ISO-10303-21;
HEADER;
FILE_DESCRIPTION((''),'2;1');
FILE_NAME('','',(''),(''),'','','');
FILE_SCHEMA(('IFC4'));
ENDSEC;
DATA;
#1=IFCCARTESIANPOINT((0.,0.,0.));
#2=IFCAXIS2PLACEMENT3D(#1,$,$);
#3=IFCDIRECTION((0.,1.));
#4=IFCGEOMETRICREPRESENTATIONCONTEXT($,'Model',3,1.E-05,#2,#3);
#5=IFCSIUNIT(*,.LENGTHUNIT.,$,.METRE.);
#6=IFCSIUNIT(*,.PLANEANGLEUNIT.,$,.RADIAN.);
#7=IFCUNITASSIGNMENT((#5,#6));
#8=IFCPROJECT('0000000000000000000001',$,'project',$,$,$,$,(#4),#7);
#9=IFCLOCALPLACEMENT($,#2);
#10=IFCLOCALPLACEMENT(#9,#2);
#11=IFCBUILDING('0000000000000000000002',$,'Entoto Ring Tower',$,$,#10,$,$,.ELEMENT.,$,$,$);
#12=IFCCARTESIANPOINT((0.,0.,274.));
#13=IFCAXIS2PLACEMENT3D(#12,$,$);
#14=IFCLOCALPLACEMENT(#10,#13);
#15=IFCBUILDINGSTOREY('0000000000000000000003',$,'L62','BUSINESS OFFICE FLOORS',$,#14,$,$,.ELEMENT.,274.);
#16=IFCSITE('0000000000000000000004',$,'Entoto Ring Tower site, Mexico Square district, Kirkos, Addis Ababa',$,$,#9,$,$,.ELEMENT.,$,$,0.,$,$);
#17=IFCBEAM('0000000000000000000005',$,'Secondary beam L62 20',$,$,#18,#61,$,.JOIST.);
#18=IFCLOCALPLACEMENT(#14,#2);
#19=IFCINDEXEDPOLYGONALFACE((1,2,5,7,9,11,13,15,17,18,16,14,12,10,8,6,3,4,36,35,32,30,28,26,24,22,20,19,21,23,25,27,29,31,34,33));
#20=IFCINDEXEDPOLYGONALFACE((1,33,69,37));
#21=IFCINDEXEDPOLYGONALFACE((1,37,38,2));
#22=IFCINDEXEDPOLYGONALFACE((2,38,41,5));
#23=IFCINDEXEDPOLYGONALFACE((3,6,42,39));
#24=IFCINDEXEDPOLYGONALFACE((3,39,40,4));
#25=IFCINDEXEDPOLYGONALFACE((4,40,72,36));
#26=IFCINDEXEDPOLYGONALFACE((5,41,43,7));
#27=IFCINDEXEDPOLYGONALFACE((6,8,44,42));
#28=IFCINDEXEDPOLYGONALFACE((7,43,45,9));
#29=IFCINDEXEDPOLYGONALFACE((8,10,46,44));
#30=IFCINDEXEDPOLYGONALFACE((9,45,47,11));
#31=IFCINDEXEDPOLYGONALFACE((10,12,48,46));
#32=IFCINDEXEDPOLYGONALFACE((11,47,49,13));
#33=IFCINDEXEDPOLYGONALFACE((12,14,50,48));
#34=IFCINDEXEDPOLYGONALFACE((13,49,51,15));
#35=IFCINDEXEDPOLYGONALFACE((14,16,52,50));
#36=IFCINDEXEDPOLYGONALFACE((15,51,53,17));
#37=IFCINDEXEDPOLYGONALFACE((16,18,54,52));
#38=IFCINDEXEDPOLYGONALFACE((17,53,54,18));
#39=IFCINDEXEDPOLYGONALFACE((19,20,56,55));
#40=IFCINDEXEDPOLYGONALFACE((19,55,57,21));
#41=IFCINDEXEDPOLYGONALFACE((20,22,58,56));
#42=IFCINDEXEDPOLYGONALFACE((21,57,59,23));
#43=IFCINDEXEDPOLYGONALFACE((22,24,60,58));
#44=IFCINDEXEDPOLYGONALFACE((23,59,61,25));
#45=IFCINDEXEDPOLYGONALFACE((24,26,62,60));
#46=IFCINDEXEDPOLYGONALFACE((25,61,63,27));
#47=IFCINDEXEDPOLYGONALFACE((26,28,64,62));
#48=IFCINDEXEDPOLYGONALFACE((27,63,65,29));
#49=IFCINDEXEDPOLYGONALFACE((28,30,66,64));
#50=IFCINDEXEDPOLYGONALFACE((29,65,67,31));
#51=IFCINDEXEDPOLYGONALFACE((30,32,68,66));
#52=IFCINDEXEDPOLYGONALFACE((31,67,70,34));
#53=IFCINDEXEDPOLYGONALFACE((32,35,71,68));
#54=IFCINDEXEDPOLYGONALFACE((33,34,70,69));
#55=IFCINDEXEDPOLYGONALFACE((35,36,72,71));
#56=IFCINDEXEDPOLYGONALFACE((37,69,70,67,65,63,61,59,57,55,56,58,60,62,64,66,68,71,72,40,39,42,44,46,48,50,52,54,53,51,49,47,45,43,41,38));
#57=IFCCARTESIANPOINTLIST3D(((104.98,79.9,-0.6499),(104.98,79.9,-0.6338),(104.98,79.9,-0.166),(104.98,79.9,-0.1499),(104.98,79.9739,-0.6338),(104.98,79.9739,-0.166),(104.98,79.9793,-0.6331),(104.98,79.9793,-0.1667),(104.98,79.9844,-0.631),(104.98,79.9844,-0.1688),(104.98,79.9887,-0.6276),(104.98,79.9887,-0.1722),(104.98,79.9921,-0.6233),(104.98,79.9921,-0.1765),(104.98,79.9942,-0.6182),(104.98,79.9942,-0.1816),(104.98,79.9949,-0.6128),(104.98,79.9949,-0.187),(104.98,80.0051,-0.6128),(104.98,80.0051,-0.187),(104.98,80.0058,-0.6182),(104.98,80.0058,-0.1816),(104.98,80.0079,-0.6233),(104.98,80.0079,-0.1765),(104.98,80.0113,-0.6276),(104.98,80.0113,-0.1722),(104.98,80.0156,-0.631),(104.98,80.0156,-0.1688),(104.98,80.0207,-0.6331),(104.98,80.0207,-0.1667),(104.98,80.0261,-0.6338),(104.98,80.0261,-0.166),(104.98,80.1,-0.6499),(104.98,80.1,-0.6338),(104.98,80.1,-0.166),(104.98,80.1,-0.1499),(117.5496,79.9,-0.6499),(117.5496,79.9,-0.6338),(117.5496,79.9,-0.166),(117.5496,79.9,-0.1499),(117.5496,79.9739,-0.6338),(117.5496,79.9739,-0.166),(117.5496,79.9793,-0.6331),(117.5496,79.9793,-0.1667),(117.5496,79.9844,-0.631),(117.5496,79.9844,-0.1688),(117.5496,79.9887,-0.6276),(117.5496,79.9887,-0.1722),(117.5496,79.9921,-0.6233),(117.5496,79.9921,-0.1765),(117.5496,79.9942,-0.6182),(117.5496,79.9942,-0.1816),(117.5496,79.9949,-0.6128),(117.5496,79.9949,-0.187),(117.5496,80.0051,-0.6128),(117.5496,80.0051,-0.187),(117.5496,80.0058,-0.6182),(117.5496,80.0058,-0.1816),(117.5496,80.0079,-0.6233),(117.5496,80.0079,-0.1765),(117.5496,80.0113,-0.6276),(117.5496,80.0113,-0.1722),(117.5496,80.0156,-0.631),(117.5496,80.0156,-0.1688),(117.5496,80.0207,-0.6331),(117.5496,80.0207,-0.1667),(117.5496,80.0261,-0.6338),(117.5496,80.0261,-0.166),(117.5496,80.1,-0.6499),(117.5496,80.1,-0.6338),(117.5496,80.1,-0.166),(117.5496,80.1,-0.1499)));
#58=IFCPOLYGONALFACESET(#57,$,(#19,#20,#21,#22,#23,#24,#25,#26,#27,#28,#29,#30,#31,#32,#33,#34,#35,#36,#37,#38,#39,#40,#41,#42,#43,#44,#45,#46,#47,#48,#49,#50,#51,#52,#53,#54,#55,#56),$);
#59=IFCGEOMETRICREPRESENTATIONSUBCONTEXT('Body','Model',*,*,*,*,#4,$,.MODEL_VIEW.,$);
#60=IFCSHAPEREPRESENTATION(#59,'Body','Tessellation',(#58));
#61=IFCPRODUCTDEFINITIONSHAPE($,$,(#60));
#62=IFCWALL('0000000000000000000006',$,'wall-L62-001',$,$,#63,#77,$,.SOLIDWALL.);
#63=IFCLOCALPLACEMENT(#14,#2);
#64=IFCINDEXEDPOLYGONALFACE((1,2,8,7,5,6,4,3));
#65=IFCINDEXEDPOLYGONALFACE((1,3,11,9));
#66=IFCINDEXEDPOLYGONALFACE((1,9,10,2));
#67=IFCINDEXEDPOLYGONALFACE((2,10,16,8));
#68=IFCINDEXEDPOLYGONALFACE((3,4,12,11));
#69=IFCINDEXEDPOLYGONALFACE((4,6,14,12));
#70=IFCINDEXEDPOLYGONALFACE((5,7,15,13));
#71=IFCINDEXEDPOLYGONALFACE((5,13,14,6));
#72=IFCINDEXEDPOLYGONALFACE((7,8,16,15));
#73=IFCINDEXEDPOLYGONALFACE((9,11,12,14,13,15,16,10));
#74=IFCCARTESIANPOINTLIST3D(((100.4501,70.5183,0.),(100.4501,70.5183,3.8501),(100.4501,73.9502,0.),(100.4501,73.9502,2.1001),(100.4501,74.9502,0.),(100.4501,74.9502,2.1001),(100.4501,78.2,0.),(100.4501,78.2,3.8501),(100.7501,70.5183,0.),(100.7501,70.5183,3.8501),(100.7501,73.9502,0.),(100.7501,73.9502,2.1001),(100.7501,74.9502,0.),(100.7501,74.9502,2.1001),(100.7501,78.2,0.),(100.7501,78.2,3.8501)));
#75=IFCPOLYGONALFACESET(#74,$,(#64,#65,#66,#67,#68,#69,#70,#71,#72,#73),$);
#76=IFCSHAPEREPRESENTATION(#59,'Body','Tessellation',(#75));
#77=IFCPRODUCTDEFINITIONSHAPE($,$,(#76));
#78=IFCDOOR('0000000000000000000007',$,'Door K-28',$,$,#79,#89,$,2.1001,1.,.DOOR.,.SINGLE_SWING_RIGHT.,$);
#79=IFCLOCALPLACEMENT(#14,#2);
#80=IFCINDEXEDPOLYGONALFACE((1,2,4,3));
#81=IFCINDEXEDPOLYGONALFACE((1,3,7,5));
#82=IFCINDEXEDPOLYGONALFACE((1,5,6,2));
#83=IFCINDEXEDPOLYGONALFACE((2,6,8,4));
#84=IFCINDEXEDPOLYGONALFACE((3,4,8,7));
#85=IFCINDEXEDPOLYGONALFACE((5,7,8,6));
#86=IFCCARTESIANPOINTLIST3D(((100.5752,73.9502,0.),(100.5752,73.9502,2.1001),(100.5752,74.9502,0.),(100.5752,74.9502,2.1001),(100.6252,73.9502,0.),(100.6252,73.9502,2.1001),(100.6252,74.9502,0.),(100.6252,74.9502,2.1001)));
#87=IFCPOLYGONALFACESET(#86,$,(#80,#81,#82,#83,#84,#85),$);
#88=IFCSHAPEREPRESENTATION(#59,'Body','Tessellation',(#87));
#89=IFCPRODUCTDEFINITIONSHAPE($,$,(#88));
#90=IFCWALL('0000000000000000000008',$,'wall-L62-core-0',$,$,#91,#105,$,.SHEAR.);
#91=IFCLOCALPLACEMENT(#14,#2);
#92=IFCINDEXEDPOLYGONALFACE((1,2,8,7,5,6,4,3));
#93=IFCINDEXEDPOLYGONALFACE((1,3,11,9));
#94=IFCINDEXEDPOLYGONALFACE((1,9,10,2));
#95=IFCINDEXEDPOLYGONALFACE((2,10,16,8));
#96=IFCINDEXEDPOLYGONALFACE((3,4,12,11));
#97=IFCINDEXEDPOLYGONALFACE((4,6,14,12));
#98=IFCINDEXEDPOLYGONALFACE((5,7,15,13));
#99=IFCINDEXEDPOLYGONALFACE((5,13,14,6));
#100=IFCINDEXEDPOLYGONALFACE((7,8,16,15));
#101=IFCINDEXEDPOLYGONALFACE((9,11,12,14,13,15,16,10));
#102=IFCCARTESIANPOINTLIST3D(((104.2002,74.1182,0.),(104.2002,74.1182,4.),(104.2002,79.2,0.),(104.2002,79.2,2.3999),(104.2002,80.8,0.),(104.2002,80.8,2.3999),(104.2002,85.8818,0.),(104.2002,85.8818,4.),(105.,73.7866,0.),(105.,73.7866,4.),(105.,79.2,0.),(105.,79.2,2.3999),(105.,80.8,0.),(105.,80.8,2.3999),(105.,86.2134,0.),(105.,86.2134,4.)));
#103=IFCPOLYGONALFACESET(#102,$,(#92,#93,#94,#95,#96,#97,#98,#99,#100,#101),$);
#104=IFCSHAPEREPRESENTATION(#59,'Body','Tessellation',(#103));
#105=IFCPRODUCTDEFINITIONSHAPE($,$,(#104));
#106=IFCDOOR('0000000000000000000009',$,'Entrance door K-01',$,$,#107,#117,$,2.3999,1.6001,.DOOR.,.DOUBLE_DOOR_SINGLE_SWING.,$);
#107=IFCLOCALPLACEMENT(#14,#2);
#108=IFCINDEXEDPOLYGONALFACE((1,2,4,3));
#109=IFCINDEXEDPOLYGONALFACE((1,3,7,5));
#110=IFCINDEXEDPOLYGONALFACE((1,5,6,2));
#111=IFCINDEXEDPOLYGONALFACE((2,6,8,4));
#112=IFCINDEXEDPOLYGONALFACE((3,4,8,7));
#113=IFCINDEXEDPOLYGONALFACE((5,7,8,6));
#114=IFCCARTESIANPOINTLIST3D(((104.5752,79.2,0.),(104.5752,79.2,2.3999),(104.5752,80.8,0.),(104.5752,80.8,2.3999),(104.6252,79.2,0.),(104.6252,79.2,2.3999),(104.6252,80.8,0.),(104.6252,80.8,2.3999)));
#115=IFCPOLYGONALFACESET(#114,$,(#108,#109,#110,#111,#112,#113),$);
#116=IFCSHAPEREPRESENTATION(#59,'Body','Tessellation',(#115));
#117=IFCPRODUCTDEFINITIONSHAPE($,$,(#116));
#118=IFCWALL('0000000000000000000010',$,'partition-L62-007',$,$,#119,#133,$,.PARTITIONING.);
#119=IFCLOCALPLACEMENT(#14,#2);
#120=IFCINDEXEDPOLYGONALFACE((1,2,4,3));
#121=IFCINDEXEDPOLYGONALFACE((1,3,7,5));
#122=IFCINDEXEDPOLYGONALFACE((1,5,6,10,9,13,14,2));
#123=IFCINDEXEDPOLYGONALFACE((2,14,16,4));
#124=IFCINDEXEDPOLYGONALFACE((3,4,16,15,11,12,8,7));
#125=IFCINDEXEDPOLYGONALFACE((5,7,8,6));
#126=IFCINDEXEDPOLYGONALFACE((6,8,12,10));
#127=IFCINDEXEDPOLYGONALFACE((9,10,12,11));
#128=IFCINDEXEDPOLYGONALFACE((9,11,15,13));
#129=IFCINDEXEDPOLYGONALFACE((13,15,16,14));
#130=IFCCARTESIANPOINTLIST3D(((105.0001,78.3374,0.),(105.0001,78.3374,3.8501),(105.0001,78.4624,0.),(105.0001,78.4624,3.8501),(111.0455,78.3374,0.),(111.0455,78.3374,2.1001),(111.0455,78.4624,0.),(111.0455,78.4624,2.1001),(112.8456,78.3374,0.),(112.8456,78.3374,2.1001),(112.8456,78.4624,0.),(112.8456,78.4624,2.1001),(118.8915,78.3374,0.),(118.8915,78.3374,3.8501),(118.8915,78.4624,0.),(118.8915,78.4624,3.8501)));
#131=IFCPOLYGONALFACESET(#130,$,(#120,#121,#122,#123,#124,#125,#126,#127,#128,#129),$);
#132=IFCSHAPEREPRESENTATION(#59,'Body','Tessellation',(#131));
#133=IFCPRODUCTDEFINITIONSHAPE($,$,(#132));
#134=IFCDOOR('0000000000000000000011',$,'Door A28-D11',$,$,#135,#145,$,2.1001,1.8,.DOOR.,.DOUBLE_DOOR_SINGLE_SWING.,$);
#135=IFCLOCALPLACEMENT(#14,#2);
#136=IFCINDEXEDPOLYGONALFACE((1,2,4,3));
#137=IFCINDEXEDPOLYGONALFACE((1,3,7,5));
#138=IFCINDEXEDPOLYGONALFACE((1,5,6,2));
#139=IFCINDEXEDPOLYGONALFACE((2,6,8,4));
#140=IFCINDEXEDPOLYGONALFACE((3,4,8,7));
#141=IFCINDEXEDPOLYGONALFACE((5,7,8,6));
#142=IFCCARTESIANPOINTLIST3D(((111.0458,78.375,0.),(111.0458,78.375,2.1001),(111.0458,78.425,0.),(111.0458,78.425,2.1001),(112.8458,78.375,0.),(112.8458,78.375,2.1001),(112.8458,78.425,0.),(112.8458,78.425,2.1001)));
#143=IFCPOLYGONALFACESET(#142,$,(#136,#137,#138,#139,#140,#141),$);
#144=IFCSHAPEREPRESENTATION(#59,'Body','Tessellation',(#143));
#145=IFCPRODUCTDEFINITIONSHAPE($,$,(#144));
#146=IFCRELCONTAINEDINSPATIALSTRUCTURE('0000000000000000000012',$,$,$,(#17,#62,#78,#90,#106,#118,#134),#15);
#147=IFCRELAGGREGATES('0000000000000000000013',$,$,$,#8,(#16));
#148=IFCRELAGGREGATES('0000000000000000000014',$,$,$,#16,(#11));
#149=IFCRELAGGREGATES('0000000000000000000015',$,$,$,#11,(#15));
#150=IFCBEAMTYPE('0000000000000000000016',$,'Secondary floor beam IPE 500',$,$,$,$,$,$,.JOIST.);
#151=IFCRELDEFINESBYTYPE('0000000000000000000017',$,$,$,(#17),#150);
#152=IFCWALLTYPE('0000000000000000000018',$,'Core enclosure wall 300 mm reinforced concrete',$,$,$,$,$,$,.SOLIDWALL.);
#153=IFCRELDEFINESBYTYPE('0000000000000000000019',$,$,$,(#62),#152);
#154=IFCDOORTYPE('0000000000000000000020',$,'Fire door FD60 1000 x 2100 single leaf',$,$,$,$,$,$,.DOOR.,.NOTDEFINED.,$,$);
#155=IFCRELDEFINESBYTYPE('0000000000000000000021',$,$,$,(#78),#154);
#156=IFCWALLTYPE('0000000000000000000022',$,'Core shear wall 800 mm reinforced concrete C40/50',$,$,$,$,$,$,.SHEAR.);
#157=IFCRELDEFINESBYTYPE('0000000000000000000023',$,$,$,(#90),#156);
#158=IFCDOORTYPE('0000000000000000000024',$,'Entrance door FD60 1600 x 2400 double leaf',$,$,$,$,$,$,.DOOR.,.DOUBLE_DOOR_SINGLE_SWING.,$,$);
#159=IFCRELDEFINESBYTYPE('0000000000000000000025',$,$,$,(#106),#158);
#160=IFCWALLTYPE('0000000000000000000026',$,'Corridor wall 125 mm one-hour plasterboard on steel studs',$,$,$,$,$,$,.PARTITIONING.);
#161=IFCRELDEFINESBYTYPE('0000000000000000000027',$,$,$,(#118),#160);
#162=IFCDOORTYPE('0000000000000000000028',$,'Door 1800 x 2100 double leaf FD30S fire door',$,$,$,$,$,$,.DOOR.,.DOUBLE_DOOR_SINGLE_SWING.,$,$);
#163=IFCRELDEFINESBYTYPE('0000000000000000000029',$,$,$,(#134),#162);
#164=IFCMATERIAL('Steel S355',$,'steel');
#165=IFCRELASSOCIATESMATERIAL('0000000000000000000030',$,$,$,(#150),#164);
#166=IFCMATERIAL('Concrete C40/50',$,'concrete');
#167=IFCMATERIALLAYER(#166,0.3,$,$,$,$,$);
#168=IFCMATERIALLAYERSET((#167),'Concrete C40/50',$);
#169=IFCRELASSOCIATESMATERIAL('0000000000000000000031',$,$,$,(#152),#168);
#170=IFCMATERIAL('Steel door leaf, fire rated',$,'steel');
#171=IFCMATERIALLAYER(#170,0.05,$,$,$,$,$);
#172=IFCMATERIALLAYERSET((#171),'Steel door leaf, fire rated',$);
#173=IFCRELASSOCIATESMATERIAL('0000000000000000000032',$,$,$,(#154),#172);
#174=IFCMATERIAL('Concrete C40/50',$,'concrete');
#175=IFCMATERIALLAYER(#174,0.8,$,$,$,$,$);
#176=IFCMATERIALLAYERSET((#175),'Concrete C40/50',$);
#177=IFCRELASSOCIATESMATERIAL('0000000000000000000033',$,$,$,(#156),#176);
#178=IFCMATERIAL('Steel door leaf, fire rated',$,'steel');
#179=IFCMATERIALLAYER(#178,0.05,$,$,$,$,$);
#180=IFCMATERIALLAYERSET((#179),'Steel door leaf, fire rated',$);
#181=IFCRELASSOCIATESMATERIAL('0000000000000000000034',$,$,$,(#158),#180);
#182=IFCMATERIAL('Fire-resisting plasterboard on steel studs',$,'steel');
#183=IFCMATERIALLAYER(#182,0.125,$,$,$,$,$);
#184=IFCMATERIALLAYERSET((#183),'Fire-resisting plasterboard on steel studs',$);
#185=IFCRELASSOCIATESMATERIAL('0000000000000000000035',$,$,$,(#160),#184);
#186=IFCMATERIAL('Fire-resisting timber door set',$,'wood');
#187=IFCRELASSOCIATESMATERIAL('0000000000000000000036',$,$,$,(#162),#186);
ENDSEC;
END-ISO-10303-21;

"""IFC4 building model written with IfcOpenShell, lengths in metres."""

from ifc_helpers import new_model, si_unit, direction, frame, frame_2d, origin, origin_2d, place, context, subcontext, project, spatial, polyline, rectangle, i_section, outline, extrude, material, layer, layer_set, material_profile, profile_set, type_object, element, fill, save


model = new_model("IFC4")

# Units and contexts
model_context = context("Model", 3, precision=1e-05, world=origin(), true_north=direction((0.0, 1.0)))
body_context = subcontext(model_context, "Body", "Model", "MODEL_VIEW")
ifc_project = project(units=[si_unit("LENGTHUNIT", "METRE"), si_unit("PLANEANGLEUNIT", "RADIAN")], contexts=[model_context])

# Site, building, storey
site_placement = place(None, origin())
site = spatial("IfcSite", under=ifc_project, at=site_placement, Name="Entoto Ring Tower site, Mexico Square district, Kirkos, Addis Ababa", CompositionType="ELEMENT", RefElevation=0.0)
building_placement = place(site_placement, origin())
building = spatial("IfcBuilding", under=site, at=building_placement, Name="Entoto Ring Tower", CompositionType="ELEMENT")
storey_placement = place(building_placement, frame((0.0, 0.0, 274.0)))
storey = spatial("IfcBuildingStorey", under=building, at=storey_placement, Name="L62", Description="BUSINESS OFFICE FLOORS", CompositionType="ELEMENT", Elevation=274.0)

# Beam
ifc_material_1 = material(Name="Steel S355", Category="steel")
ifc_material_profile_1 = material_profile(ifc_material_1, i_section(OverallWidth=0.2, OverallDepth=0.5, WebThickness=0.0103, FlangeThickness=0.0161, FilletRadius=0.021, at=origin_2d()), Name="IPE 500")
ifc_profile_set_1 = profile_set([ifc_material_profile_1], Name="Steel S355")
beam_type_1 = type_object("IfcBeamType", Name="Secondary floor beam IPE 500", PredefinedType="JOIST", material=ifc_profile_set_1)
beam_1_placement = place(storey_placement, frame((104.98, 80.0, -0.3999), z_axis=(1.0, 0.0, 0.0), x_axis=(0.0, 1.0, 0.0)))
element("IfcBeam", 1, at=beam_1_placement, inside=storey, type_object=beam_type_1, Name="Secondary beam L62 20", PredefinedType="JOIST", context=body_context, shape_type="SweptSolid", body=[
    extrude(i_section(OverallWidth=0.2, OverallDepth=0.5, WebThickness=0.0103, FlangeThickness=0.0161, FilletRadius=0.021, at=origin_2d()), origin(), (0.0, 0.0, 1.0), 12.5696),
])

# Walls, openings, doors
ifc_material_2 = material(Name="Concrete C40/50", Category="concrete")
ifc_layer_1 = layer(ifc_material_2, 0.3)
ifc_layer_set_1 = layer_set([ifc_layer_1], Name="Concrete C40/50")
wall_type_1 = type_object("IfcWallType", Name="Core enclosure wall 300 mm reinforced concrete", PredefinedType="SOLIDWALL", material=ifc_layer_set_1)
wall_1_placement = place(storey_placement, frame((100.6001, 70.5183, 0.0), z_axis=(0.0, 0.0, 1.0), x_axis=(0.0, 1.0, 0.0)))
wall_1 = element("IfcWall", 2, at=wall_1_placement, inside=storey, type_object=wall_type_1, Name="wall-L62-001", PredefinedType="SOLIDWALL", context=body_context, shape_type="SweptSolid", body=[
    extrude(rectangle(XDim=7.6816, YDim=0.3, at=frame_2d((3.8408, 0.0))), origin(), (0.0, 0.0, 1.0), 3.8501),
])
opening_1_placement = place(wall_1_placement, frame((3.4319, 0.0, 0.0)))
opening_1 = element("IfcOpeningElement", 3, at=opening_1_placement, cuts=wall_1, PredefinedType="OPENING", context=body_context, shape_type="SweptSolid", body=[
    extrude(rectangle(XDim=1.0, YDim=2.1001, at=frame_2d((0.5, 1.05))), frame((0.0, 0.1602, 0.0), z_axis=(0.0, -1.0, 0.0), x_axis=(1.0, 0.0, 0.0)), (0.0, 0.0, 1.0), 0.3201),
])
ifc_material_3 = material(Name="Steel door leaf, fire rated", Category="steel")
ifc_layer_2 = layer(ifc_material_3, 0.05)
ifc_layer_set_2 = layer_set([ifc_layer_2], Name="Steel door leaf, fire rated")
door_type_1 = type_object("IfcDoorType", Name="Fire door FD60 1000 x 2100 single leaf", OperationType="NOTDEFINED", PredefinedType="DOOR", material=ifc_layer_set_2)
door_1_placement = place(opening_1_placement, origin())
door_1 = element("IfcDoor", 4, at=door_1_placement, inside=storey, type_object=door_type_1, Name="Door K-28", OperationType="SINGLE_SWING_RIGHT", OverallHeight=2.1001, OverallWidth=1.0, PredefinedType="DOOR", context=body_context, shape_type="SweptSolid", body=[
    extrude(rectangle(XDim=1.0, YDim=2.1001, at=frame_2d((0.5, 1.05))), frame((0.0, 0.0249, 0.0), z_axis=(0.0, -1.0, 0.0), x_axis=(1.0, 0.0, 0.0)), (0.0, 0.0, 1.0), 0.05),
])
fill(opening_1, door_1)
ifc_material_4 = material(Name="Concrete C40/50", Category="concrete")
ifc_layer_3 = layer(ifc_material_4, 0.8)
ifc_layer_set_3 = layer_set([ifc_layer_3], Name="Concrete C40/50")
wall_type_2 = type_object("IfcWallType", Name="Core shear wall 800 mm reinforced concrete C40/50", PredefinedType="SHEAR", material=ifc_layer_set_3)
wall_2_placement = place(storey_placement, frame((104.6001, 73.9524, 0.0), z_axis=(0.0, 0.0, 1.0), x_axis=(0.0, 1.0, 0.0)))
wall_2 = element("IfcWall", 5, at=wall_2_placement, inside=storey, type_object=wall_type_2, Name="wall-L62-core-0", PredefinedType="SHEAR", context=body_context, shape_type="SweptSolid", body=[
    extrude(outline(polyline([(-0.1658, -0.3999), (12.261, -0.3999), (11.9294, 0.3999), (0.1658, 0.3999), (-0.1658, -0.3999)])), origin(), (0.0, 0.0, 1.0), 4.0),
])
opening_2_placement = place(wall_2_placement, frame((5.2476, 0.0, 0.0)))
opening_2 = element("IfcOpeningElement", 6, at=opening_2_placement, cuts=wall_2, PredefinedType="OPENING", context=body_context, shape_type="SweptSolid", body=[
    extrude(rectangle(XDim=1.6001, YDim=2.3999, at=frame_2d((0.8, 1.2))), frame((0.0, 0.4102, 0.0), z_axis=(0.0, -1.0, 0.0), x_axis=(1.0, 0.0, 0.0)), (0.0, 0.0, 1.0), 0.8201),
])
ifc_material_5 = material(Name="Steel door leaf, fire rated", Category="steel")
ifc_layer_4 = layer(ifc_material_5, 0.05)
ifc_layer_set_4 = layer_set([ifc_layer_4], Name="Steel door leaf, fire rated")
door_type_2 = type_object("IfcDoorType", Name="Entrance door FD60 1600 x 2400 double leaf", OperationType="DOUBLE_DOOR_SINGLE_SWING", PredefinedType="DOOR", material=ifc_layer_set_4)
door_2_placement = place(opening_2_placement, origin())
door_2 = element("IfcDoor", 7, at=door_2_placement, inside=storey, type_object=door_type_2, Name="Entrance door K-01", OperationType="DOUBLE_DOOR_SINGLE_SWING", OverallHeight=2.3999, OverallWidth=1.6001, PredefinedType="DOOR", context=body_context, shape_type="SweptSolid", body=[
    extrude(rectangle(XDim=1.6001, YDim=2.3999, at=frame_2d((0.8, 1.2))), frame((0.0, 0.0249, 0.0), z_axis=(0.0, -1.0, 0.0), x_axis=(1.0, 0.0, 0.0)), (0.0, 0.0, 1.0), 0.05),
])
fill(opening_2, door_2)
ifc_material_6 = material(Name="Fire-resisting plasterboard on steel studs", Category="steel")
ifc_layer_5 = layer(ifc_material_6, 0.125)
ifc_layer_set_5 = layer_set([ifc_layer_5], Name="Fire-resisting plasterboard on steel studs")
wall_type_3 = type_object("IfcWallType", Name="Corridor wall 125 mm one-hour plasterboard on steel studs", PredefinedType="PARTITIONING", material=ifc_layer_set_5)
wall_3_placement = place(storey_placement, frame((105.0, 78.3999, 0.0), z_axis=(0.0, 0.0, 1.0), x_axis=(1.0, 0.0, 0.0)))
wall_3 = element("IfcWall", 8, at=wall_3_placement, inside=storey, type_object=wall_type_3, Name="partition-L62-007", PredefinedType="PARTITIONING", context=body_context, shape_type="SweptSolid", body=[
    extrude(rectangle(XDim=13.8914, YDim=0.125, at=frame_2d((6.9458, 0.0))), origin(), (0.0, 0.0, 1.0), 3.8501),
])
opening_3_placement = place(wall_3_placement, frame((6.0457, 0.0, 0.0)))
opening_3 = element("IfcOpeningElement", 9, at=opening_3_placement, cuts=wall_3, PredefinedType="OPENING", context=body_context, shape_type="SweptSolid", body=[
    extrude(rectangle(XDim=1.8, YDim=2.1001, at=frame_2d((0.8999, 1.05))), frame((0.0, 0.0725, 0.0), z_axis=(0.0, -1.0, 0.0), x_axis=(1.0, 0.0, 0.0)), (0.0, 0.0, 1.0), 0.145),
])
ifc_material_7 = material(Name="Fire-resisting timber door set", Category="wood")
door_type_3 = type_object("IfcDoorType", Name="Door 1800 x 2100 double leaf FD30S fire door", OperationType="DOUBLE_DOOR_SINGLE_SWING", PredefinedType="DOOR", material=ifc_material_7)
door_3_placement = place(opening_3_placement, frame((1.8, 0.0, 0.0), z_axis=(0.0, 0.0, 1.0), x_axis=(-1.0, 0.0, 0.0)))
door_3 = element("IfcDoor", 10, at=door_3_placement, inside=storey, type_object=door_type_3, Name="Door A28-D11", OperationType="DOUBLE_DOOR_SINGLE_SWING", OverallHeight=2.1001, OverallWidth=1.8, PredefinedType="DOOR", context=body_context, shape_type="SweptSolid", body=[
    extrude(rectangle(XDim=1.8, YDim=2.1001, at=frame_2d((0.8999, 1.05))), frame((0.0, 0.0249, 0.0), z_axis=(0.0, -1.0, 0.0), x_axis=(1.0, 0.0, 0.0)), (0.0, 0.0, 1.0), 0.05),
])
fill(opening_3, door_3)

save(model, "model.ifc")
